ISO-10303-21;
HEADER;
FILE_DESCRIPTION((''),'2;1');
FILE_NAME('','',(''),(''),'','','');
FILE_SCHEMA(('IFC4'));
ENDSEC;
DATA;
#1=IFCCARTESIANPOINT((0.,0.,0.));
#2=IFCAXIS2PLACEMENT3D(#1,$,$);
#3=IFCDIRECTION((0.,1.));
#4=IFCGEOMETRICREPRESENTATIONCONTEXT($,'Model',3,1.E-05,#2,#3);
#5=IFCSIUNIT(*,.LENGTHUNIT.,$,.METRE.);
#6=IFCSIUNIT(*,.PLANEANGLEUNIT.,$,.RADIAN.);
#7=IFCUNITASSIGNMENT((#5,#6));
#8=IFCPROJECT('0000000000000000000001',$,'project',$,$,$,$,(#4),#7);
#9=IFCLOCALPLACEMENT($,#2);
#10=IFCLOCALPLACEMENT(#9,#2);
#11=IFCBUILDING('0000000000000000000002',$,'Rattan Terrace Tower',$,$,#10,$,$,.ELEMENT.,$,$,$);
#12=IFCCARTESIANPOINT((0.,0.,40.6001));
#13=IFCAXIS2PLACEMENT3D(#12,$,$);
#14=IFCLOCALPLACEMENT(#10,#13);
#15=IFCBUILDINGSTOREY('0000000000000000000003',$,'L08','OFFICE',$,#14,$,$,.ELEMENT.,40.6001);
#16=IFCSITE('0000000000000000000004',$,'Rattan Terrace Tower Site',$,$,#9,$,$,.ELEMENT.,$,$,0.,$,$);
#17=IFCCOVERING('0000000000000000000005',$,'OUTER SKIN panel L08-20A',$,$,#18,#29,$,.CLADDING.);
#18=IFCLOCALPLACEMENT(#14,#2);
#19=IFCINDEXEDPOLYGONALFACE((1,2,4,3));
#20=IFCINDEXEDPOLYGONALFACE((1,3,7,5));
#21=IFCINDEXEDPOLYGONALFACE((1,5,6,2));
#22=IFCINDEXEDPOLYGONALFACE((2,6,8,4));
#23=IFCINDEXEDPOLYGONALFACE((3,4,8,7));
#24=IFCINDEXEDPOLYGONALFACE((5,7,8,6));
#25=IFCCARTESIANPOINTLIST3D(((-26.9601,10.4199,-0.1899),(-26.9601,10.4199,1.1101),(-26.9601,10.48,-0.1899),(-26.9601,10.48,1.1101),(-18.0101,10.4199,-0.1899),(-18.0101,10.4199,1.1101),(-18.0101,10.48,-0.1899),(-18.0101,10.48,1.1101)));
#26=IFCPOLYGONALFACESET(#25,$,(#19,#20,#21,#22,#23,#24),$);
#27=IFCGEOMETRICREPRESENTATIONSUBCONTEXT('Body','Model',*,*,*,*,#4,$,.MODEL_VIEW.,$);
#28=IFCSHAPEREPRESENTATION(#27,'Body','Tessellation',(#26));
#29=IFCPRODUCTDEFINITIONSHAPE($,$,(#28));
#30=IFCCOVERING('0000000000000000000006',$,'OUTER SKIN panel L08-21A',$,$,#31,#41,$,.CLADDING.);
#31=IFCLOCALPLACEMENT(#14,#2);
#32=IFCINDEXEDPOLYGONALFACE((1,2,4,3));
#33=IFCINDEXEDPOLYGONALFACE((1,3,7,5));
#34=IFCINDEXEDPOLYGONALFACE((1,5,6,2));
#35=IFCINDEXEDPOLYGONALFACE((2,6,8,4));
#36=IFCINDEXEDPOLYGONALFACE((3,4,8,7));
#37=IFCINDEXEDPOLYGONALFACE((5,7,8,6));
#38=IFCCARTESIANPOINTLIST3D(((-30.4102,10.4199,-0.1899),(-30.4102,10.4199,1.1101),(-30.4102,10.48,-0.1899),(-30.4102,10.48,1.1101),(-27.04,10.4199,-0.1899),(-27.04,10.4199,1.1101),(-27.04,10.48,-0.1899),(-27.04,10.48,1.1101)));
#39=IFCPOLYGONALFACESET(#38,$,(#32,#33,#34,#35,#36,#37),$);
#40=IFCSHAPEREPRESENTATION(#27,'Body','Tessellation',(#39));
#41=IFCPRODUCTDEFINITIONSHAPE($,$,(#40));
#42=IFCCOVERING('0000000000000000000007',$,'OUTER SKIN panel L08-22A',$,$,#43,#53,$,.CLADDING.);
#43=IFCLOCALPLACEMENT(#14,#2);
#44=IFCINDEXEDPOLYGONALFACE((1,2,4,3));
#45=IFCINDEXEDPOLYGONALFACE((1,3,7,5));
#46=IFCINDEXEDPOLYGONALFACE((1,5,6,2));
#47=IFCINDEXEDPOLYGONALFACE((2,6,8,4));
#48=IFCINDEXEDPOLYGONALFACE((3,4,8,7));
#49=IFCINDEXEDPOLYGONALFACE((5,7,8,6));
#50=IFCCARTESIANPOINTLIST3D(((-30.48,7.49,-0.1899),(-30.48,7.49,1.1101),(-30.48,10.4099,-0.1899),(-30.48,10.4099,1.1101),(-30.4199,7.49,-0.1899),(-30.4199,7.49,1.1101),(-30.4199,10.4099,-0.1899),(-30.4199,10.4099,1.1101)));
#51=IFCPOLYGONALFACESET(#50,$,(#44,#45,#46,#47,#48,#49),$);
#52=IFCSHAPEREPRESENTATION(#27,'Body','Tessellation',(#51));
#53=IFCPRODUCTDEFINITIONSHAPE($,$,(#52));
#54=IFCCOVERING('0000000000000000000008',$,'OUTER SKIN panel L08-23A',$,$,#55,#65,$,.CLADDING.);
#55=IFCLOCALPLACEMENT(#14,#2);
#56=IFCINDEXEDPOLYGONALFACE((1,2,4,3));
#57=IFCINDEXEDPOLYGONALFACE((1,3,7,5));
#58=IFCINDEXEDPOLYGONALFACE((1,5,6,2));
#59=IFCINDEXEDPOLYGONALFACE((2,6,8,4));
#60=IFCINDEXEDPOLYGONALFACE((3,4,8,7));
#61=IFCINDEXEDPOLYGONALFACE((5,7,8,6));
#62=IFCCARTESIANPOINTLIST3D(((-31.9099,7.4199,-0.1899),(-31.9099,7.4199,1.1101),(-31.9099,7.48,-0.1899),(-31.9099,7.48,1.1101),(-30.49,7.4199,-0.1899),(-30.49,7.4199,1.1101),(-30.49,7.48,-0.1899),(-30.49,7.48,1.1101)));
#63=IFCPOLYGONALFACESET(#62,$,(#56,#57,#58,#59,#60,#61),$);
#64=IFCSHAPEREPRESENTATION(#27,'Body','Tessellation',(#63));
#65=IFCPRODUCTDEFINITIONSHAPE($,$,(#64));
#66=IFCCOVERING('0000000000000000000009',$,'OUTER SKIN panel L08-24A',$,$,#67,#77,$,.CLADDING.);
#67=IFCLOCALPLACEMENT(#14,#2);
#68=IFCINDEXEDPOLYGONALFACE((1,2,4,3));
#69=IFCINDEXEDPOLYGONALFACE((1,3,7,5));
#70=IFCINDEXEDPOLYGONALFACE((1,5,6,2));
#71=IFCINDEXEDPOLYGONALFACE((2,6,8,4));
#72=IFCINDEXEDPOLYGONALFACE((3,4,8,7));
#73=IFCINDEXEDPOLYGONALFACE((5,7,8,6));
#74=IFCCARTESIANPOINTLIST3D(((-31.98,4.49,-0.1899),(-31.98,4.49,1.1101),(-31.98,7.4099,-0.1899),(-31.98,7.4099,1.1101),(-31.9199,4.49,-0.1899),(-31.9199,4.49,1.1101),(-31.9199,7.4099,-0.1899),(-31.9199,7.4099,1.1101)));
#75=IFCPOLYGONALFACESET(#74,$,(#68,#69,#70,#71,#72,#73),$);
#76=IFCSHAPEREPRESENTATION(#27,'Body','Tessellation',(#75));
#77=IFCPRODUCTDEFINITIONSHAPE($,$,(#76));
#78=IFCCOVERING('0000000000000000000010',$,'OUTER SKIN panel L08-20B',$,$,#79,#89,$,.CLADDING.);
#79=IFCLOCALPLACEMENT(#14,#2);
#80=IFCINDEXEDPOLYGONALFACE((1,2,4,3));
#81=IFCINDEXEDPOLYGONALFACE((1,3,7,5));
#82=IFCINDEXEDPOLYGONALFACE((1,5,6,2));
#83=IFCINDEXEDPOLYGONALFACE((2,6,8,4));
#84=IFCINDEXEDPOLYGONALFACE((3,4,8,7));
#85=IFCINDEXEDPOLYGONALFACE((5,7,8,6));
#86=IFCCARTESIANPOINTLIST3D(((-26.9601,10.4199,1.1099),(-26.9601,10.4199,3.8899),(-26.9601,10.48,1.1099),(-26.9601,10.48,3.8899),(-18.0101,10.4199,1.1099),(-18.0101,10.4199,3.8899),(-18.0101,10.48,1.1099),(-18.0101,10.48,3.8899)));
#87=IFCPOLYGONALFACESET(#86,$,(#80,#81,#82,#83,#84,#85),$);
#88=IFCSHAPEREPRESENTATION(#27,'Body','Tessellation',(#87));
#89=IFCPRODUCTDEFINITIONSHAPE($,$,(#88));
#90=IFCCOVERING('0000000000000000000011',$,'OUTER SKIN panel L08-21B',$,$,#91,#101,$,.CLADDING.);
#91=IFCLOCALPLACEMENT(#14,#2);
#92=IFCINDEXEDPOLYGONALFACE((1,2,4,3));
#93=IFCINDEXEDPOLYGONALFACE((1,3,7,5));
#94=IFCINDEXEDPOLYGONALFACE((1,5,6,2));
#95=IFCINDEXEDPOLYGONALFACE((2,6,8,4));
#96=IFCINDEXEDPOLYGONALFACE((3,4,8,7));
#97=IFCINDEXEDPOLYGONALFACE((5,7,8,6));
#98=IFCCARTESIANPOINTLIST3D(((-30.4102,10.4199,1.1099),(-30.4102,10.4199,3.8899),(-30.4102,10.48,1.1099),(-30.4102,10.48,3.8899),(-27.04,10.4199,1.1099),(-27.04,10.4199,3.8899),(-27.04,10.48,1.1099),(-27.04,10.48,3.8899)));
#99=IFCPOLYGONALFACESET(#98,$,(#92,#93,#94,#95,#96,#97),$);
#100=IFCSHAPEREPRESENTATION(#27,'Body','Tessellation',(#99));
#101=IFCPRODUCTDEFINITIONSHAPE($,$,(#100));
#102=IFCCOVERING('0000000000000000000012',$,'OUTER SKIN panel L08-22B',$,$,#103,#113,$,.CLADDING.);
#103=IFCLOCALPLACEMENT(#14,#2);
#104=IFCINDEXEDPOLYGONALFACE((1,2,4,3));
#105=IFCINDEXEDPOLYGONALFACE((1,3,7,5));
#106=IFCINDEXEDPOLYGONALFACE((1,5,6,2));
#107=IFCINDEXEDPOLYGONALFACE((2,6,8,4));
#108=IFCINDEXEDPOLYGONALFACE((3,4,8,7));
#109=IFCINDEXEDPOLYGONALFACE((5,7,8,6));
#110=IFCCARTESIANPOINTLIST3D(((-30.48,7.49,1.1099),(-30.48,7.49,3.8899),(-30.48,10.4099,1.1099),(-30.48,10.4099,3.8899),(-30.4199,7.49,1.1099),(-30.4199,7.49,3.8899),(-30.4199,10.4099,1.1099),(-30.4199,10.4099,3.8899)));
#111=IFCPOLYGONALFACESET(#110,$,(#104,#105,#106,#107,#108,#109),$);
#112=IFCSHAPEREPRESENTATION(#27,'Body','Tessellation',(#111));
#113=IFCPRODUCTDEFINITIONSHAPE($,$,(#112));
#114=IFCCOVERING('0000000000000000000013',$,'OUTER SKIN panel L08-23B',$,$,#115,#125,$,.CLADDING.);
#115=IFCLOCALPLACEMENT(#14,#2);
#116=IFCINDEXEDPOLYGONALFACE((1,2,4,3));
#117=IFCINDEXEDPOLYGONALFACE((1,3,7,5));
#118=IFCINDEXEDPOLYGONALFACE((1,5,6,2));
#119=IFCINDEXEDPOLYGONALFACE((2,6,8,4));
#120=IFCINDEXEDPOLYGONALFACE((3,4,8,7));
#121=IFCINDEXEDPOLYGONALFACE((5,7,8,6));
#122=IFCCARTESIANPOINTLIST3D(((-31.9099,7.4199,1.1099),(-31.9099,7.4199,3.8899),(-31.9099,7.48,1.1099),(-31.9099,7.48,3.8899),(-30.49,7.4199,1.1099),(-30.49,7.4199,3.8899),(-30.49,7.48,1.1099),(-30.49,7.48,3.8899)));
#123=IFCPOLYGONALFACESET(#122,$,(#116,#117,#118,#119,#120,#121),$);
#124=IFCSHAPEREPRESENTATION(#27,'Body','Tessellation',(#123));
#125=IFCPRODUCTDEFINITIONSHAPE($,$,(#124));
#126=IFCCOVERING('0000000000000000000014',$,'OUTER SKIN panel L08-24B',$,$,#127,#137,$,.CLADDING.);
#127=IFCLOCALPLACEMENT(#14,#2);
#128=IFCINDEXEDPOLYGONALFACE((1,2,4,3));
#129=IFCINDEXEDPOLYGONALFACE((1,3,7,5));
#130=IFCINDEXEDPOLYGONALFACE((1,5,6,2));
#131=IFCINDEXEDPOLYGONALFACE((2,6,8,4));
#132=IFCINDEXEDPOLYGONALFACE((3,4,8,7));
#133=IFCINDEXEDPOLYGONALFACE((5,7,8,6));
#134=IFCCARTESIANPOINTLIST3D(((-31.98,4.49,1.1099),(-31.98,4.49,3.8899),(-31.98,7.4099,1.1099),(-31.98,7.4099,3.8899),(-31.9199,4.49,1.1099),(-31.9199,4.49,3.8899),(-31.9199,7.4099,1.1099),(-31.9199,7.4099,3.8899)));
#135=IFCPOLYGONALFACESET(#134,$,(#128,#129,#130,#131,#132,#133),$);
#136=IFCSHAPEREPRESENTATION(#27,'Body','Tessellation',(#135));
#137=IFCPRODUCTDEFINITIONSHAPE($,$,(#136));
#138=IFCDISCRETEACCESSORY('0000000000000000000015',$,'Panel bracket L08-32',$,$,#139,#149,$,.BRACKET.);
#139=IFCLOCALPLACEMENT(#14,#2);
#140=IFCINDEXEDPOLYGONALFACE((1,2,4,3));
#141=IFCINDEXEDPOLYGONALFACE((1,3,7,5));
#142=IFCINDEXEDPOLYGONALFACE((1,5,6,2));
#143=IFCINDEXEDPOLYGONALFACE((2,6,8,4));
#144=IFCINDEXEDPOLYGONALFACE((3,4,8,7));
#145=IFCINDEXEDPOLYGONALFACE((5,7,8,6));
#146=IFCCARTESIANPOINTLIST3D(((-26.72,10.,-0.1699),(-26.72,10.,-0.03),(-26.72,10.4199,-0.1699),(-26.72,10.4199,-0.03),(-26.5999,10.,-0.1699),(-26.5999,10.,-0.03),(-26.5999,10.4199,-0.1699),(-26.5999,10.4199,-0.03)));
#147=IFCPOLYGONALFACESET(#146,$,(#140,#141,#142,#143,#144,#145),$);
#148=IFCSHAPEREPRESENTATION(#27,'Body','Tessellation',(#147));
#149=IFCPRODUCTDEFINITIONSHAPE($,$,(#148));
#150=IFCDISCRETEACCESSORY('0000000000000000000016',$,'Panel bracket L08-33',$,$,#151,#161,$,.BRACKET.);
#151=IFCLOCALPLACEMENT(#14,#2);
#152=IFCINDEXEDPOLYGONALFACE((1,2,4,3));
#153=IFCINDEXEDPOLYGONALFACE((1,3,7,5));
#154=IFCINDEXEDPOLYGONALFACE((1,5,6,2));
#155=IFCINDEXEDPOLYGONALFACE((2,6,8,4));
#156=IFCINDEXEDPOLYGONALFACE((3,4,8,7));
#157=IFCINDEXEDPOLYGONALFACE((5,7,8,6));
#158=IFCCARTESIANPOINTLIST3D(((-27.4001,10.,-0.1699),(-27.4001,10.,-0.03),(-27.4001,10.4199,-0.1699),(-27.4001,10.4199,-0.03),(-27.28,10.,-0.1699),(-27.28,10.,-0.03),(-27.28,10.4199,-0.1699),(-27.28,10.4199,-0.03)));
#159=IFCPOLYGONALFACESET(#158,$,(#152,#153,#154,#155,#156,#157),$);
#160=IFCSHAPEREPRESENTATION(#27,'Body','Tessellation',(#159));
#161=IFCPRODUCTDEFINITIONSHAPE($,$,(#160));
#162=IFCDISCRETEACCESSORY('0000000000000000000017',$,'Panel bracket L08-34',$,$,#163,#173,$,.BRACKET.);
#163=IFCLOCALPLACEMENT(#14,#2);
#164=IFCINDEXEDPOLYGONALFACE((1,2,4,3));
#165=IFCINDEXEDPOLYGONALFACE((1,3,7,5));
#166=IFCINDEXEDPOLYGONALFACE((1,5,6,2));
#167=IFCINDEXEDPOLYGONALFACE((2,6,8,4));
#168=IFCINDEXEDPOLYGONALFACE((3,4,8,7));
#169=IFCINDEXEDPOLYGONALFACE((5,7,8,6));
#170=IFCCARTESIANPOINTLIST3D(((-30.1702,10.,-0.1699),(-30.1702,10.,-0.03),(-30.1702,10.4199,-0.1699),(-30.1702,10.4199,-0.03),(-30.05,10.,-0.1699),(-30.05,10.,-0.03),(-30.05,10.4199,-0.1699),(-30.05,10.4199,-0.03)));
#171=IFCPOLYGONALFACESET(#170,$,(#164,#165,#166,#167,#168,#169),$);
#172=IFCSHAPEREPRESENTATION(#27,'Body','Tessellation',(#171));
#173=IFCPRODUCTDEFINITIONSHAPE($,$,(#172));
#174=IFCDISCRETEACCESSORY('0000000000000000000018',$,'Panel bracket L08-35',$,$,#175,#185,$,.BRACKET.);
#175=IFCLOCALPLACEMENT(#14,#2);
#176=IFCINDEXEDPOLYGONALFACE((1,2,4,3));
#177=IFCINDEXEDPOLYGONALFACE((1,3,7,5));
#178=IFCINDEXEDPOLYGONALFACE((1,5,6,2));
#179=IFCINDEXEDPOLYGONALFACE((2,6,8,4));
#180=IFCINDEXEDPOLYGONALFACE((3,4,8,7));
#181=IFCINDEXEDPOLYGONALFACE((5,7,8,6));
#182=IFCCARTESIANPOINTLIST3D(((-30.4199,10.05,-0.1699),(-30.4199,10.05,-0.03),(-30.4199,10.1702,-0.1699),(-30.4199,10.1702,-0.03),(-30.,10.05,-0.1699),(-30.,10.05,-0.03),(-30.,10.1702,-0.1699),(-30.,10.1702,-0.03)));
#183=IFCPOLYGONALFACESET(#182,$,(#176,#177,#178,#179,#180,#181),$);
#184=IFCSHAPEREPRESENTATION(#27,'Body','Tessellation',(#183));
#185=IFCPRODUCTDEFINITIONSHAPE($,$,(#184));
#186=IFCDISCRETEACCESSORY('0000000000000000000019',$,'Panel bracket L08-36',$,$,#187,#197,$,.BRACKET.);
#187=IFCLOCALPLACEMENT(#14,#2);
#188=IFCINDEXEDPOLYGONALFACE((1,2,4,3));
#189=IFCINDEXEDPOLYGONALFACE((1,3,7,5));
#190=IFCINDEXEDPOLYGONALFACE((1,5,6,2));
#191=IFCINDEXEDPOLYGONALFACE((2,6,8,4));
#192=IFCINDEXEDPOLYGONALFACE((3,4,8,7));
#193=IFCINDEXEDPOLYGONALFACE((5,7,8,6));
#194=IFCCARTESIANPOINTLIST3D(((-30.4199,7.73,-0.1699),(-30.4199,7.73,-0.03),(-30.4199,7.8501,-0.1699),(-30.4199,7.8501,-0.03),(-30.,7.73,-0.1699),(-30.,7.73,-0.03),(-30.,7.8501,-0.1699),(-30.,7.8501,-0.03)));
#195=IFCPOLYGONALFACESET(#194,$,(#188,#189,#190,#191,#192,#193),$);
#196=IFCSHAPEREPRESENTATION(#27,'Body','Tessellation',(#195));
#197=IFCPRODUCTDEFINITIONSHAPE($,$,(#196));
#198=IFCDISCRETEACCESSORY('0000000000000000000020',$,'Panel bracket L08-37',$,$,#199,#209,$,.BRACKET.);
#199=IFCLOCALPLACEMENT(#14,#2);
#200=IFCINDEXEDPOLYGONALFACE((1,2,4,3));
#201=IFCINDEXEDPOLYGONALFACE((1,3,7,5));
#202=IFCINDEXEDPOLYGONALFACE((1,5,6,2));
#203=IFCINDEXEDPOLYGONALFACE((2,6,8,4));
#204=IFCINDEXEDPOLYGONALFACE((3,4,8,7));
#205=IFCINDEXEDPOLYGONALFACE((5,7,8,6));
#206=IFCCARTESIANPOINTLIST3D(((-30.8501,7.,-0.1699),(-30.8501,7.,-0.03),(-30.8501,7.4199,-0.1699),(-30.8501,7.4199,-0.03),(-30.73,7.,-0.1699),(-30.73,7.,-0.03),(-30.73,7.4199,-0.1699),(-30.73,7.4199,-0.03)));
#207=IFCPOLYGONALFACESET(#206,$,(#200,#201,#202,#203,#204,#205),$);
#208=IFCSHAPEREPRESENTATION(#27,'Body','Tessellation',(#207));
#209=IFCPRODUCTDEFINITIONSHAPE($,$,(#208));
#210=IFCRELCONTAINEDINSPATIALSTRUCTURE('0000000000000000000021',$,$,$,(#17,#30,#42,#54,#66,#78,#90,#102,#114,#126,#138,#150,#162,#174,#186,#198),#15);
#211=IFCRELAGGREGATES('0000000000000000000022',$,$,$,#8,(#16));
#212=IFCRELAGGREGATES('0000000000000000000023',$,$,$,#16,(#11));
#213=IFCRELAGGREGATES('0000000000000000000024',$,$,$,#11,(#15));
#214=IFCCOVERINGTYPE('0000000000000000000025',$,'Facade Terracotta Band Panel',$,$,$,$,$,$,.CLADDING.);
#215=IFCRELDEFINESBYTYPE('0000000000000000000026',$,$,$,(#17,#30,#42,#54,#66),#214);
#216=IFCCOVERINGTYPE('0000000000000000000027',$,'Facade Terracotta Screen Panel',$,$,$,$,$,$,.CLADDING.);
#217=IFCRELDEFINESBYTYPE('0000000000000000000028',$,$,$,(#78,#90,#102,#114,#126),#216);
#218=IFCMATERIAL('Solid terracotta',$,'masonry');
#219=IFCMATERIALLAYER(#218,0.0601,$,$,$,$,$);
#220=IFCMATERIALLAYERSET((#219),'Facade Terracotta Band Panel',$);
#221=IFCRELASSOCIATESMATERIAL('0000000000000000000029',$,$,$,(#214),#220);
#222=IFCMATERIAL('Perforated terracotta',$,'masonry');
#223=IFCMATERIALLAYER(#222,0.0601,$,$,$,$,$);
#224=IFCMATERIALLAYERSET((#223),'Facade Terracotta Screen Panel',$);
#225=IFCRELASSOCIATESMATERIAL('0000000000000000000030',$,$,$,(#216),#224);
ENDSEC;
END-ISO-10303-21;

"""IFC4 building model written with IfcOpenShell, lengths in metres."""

from ifc_helpers import new_model, si_unit, direction, frame, origin, origin_2d, place, context, subcontext, project, spatial, rectangle, extrude, material, layer, layer_set, type_object, element, save


model = new_model("IFC4")

# Units and contexts
model_context = context("Model", 3, precision=1e-05, world=origin(), true_north=direction((0.0, 1.0)))
body_context = subcontext(model_context, "Body", "Model", "MODEL_VIEW")
ifc_project = project(units=[si_unit("LENGTHUNIT", "METRE"), si_unit("PLANEANGLEUNIT", "RADIAN")], contexts=[model_context])

# Site, building, storey
site_placement = place(None, origin())
site = spatial("IfcSite", under=ifc_project, at=site_placement, Name="Rattan Terrace Tower Site", CompositionType="ELEMENT", RefElevation=0.0)
building_placement = place(site_placement, origin())
building = spatial("IfcBuilding", under=site, at=building_placement, Name="Rattan Terrace Tower", CompositionType="ELEMENT")
storey_placement = place(building_placement, frame((0.0, 0.0, 40.6001)))
storey = spatial("IfcBuildingStorey", under=building, at=storey_placement, Name="L08", Description="OFFICE", CompositionType="ELEMENT", Elevation=40.6001)

# Coverings
ifc_material_1 = material(Name="Solid terracotta", Category="masonry")
ifc_layer_1 = layer(ifc_material_1, 0.0601)
ifc_layer_set_1 = layer_set([ifc_layer_1], Name="Facade Terracotta Band Panel")
covering_type_1 = type_object("IfcCoveringType", Name="Facade Terracotta Band Panel", PredefinedType="CLADDING", material=ifc_layer_set_1)
covering_1_placement = place(storey_placement, frame((-22.4851, 10.45, -0.1899), z_axis=(0.0, 0.0, 1.0), x_axis=(-1.0, 0.0, 0.0)))
element("IfcCovering", 1, at=covering_1_placement, inside=storey, type_object=covering_type_1, Name="OUTER SKIN panel L08-20A", PredefinedType="CLADDING", context=body_context, shape_type="SweptSolid", body=[
    extrude(rectangle(XDim=8.95, YDim=0.0601, at=origin_2d()), origin(), (0.0, 0.0, 1.0), 1.3),
])
covering_2_placement = place(storey_placement, frame((-28.7251, 10.45, -0.1899), z_axis=(0.0, 0.0, 1.0), x_axis=(-1.0, 0.0, 0.0)))
element("IfcCovering", 2, at=covering_2_placement, inside=storey, type_object=covering_type_1, Name="OUTER SKIN panel L08-21A", PredefinedType="CLADDING", context=body_context, shape_type="SweptSolid", body=[
    extrude(rectangle(XDim=3.3701, YDim=0.0601, at=origin_2d()), origin(), (0.0, 0.0, 1.0), 1.3),
])
covering_3_placement = place(storey_placement, frame((-30.45, 8.95, -0.1899), z_axis=(0.0, 0.0, 1.0), x_axis=(0.0, -1.0, 0.0)))
element("IfcCovering", 3, at=covering_3_placement, inside=storey, type_object=covering_type_1, Name="OUTER SKIN panel L08-22A", PredefinedType="CLADDING", context=body_context, shape_type="SweptSolid", body=[
    extrude(rectangle(XDim=2.9199, YDim=0.0601, at=origin_2d()), origin(), (0.0, 0.0, 1.0), 1.3),
])
covering_4_placement = place(storey_placement, frame((-31.2, 7.45, -0.1899), z_axis=(0.0, 0.0, 1.0), x_axis=(-1.0, 0.0, 0.0)))
element("IfcCovering", 4, at=covering_4_placement, inside=storey, type_object=covering_type_1, Name="OUTER SKIN panel L08-23A", PredefinedType="CLADDING", context=body_context, shape_type="SweptSolid", body=[
    extrude(rectangle(XDim=1.4199, YDim=0.0601, at=origin_2d()), origin(), (0.0, 0.0, 1.0), 1.3),
])
covering_5_placement = place(storey_placement, frame((-31.95, 5.95, -0.1899), z_axis=(0.0, 0.0, 1.0), x_axis=(0.0, -1.0, 0.0)))
element("IfcCovering", 5, at=covering_5_placement, inside=storey, type_object=covering_type_1, Name="OUTER SKIN panel L08-24A", PredefinedType="CLADDING", context=body_context, shape_type="SweptSolid", body=[
    extrude(rectangle(XDim=2.9199, YDim=0.0601, at=origin_2d()), origin(), (0.0, 0.0, 1.0), 1.3),
])
ifc_material_2 = material(Name="Perforated terracotta", Category="masonry")
ifc_layer_2 = layer(ifc_material_2, 0.0601)
ifc_layer_set_2 = layer_set([ifc_layer_2], Name="Facade Terracotta Screen Panel")
covering_type_2 = type_object("IfcCoveringType", Name="Facade Terracotta Screen Panel", PredefinedType="CLADDING", material=ifc_layer_set_2)
covering_6_placement = place(storey_placement, frame((-22.4851, 10.45, 1.1099), z_axis=(0.0, 0.0, 1.0), x_axis=(-1.0, 0.0, 0.0)))
element("IfcCovering", 6, at=covering_6_placement, inside=storey, type_object=covering_type_2, Name="OUTER SKIN panel L08-20B", PredefinedType="CLADDING", context=body_context, shape_type="SweptSolid", body=[
    extrude(rectangle(XDim=8.95, YDim=0.0601, at=origin_2d()), origin(), (0.0, 0.0, 1.0), 2.78),
])
covering_7_placement = place(storey_placement, frame((-28.7251, 10.45, 1.1099), z_axis=(0.0, 0.0, 1.0), x_axis=(-1.0, 0.0, 0.0)))
element("IfcCovering", 7, at=covering_7_placement, inside=storey, type_object=covering_type_2, Name="OUTER SKIN panel L08-21B", PredefinedType="CLADDING", context=body_context, shape_type="SweptSolid", body=[
    extrude(rectangle(XDim=3.3701, YDim=0.0601, at=origin_2d()), origin(), (0.0, 0.0, 1.0), 2.78),
])
covering_8_placement = place(storey_placement, frame((-30.45, 8.95, 1.1099), z_axis=(0.0, 0.0, 1.0), x_axis=(0.0, -1.0, 0.0)))
element("IfcCovering", 8, at=covering_8_placement, inside=storey, type_object=covering_type_2, Name="OUTER SKIN panel L08-22B", PredefinedType="CLADDING", context=body_context, shape_type="SweptSolid", body=[
    extrude(rectangle(XDim=2.9199, YDim=0.0601, at=origin_2d()), origin(), (0.0, 0.0, 1.0), 2.78),
])
covering_9_placement = place(storey_placement, frame((-31.2, 7.45, 1.1099), z_axis=(0.0, 0.0, 1.0), x_axis=(-1.0, 0.0, 0.0)))
element("IfcCovering", 9, at=covering_9_placement, inside=storey, type_object=covering_type_2, Name="OUTER SKIN panel L08-23B", PredefinedType="CLADDING", context=body_context, shape_type="SweptSolid", body=[
    extrude(rectangle(XDim=1.4199, YDim=0.0601, at=origin_2d()), origin(), (0.0, 0.0, 1.0), 2.78),
])
covering_10_placement = place(storey_placement, frame((-31.95, 5.95, 1.1099), z_axis=(0.0, 0.0, 1.0), x_axis=(0.0, -1.0, 0.0)))
element("IfcCovering", 10, at=covering_10_placement, inside=storey, type_object=covering_type_2, Name="OUTER SKIN panel L08-24B", PredefinedType="CLADDING", context=body_context, shape_type="SweptSolid", body=[
    extrude(rectangle(XDim=2.9199, YDim=0.0601, at=origin_2d()), origin(), (0.0, 0.0, 1.0), 2.78),
])

# Discrete accessories
for number, where, z_axis, x_axis, name in (
    (11, (-26.6599, 10.21, -0.1699), (0.0, 0.0, 1.0), (-1.0, 0.0, 0.0), "Panel bracket L08-32"),
    (12, (-27.3401, 10.21, -0.1699), (0.0, 0.0, 1.0), (-1.0, 0.0, 0.0), "Panel bracket L08-33"),
    (13, (-30.1101, 10.21, -0.1699), (0.0, 0.0, 1.0), (-1.0, 0.0, 0.0), "Panel bracket L08-34"),
    (14, (-30.21, 10.1101, -0.1699), (0.0, 0.0, 1.0), (0.0, -1.0, 0.0), "Panel bracket L08-35"),
    (15, (-30.21, 7.79, -0.1699), (0.0, 0.0, 1.0), (0.0, -1.0, 0.0), "Panel bracket L08-36"),
    (16, (-30.79, 7.21, -0.1699), (0.0, 0.0, 1.0), (-1.0, 0.0, 0.0), "Panel bracket L08-37"),
):
    element("IfcDiscreteAccessory", number, at=place(storey_placement, frame(where, z_axis=z_axis, x_axis=x_axis)), inside=storey, Name=name, PredefinedType="BRACKET", context=body_context, shape_type="SweptSolid", body=[
        extrude(rectangle(XDim=0.1201, YDim=0.4199, at=origin_2d()), origin(), (0.0, 0.0, 1.0), 0.1399),
    ])

save(model, "model.ifc")
